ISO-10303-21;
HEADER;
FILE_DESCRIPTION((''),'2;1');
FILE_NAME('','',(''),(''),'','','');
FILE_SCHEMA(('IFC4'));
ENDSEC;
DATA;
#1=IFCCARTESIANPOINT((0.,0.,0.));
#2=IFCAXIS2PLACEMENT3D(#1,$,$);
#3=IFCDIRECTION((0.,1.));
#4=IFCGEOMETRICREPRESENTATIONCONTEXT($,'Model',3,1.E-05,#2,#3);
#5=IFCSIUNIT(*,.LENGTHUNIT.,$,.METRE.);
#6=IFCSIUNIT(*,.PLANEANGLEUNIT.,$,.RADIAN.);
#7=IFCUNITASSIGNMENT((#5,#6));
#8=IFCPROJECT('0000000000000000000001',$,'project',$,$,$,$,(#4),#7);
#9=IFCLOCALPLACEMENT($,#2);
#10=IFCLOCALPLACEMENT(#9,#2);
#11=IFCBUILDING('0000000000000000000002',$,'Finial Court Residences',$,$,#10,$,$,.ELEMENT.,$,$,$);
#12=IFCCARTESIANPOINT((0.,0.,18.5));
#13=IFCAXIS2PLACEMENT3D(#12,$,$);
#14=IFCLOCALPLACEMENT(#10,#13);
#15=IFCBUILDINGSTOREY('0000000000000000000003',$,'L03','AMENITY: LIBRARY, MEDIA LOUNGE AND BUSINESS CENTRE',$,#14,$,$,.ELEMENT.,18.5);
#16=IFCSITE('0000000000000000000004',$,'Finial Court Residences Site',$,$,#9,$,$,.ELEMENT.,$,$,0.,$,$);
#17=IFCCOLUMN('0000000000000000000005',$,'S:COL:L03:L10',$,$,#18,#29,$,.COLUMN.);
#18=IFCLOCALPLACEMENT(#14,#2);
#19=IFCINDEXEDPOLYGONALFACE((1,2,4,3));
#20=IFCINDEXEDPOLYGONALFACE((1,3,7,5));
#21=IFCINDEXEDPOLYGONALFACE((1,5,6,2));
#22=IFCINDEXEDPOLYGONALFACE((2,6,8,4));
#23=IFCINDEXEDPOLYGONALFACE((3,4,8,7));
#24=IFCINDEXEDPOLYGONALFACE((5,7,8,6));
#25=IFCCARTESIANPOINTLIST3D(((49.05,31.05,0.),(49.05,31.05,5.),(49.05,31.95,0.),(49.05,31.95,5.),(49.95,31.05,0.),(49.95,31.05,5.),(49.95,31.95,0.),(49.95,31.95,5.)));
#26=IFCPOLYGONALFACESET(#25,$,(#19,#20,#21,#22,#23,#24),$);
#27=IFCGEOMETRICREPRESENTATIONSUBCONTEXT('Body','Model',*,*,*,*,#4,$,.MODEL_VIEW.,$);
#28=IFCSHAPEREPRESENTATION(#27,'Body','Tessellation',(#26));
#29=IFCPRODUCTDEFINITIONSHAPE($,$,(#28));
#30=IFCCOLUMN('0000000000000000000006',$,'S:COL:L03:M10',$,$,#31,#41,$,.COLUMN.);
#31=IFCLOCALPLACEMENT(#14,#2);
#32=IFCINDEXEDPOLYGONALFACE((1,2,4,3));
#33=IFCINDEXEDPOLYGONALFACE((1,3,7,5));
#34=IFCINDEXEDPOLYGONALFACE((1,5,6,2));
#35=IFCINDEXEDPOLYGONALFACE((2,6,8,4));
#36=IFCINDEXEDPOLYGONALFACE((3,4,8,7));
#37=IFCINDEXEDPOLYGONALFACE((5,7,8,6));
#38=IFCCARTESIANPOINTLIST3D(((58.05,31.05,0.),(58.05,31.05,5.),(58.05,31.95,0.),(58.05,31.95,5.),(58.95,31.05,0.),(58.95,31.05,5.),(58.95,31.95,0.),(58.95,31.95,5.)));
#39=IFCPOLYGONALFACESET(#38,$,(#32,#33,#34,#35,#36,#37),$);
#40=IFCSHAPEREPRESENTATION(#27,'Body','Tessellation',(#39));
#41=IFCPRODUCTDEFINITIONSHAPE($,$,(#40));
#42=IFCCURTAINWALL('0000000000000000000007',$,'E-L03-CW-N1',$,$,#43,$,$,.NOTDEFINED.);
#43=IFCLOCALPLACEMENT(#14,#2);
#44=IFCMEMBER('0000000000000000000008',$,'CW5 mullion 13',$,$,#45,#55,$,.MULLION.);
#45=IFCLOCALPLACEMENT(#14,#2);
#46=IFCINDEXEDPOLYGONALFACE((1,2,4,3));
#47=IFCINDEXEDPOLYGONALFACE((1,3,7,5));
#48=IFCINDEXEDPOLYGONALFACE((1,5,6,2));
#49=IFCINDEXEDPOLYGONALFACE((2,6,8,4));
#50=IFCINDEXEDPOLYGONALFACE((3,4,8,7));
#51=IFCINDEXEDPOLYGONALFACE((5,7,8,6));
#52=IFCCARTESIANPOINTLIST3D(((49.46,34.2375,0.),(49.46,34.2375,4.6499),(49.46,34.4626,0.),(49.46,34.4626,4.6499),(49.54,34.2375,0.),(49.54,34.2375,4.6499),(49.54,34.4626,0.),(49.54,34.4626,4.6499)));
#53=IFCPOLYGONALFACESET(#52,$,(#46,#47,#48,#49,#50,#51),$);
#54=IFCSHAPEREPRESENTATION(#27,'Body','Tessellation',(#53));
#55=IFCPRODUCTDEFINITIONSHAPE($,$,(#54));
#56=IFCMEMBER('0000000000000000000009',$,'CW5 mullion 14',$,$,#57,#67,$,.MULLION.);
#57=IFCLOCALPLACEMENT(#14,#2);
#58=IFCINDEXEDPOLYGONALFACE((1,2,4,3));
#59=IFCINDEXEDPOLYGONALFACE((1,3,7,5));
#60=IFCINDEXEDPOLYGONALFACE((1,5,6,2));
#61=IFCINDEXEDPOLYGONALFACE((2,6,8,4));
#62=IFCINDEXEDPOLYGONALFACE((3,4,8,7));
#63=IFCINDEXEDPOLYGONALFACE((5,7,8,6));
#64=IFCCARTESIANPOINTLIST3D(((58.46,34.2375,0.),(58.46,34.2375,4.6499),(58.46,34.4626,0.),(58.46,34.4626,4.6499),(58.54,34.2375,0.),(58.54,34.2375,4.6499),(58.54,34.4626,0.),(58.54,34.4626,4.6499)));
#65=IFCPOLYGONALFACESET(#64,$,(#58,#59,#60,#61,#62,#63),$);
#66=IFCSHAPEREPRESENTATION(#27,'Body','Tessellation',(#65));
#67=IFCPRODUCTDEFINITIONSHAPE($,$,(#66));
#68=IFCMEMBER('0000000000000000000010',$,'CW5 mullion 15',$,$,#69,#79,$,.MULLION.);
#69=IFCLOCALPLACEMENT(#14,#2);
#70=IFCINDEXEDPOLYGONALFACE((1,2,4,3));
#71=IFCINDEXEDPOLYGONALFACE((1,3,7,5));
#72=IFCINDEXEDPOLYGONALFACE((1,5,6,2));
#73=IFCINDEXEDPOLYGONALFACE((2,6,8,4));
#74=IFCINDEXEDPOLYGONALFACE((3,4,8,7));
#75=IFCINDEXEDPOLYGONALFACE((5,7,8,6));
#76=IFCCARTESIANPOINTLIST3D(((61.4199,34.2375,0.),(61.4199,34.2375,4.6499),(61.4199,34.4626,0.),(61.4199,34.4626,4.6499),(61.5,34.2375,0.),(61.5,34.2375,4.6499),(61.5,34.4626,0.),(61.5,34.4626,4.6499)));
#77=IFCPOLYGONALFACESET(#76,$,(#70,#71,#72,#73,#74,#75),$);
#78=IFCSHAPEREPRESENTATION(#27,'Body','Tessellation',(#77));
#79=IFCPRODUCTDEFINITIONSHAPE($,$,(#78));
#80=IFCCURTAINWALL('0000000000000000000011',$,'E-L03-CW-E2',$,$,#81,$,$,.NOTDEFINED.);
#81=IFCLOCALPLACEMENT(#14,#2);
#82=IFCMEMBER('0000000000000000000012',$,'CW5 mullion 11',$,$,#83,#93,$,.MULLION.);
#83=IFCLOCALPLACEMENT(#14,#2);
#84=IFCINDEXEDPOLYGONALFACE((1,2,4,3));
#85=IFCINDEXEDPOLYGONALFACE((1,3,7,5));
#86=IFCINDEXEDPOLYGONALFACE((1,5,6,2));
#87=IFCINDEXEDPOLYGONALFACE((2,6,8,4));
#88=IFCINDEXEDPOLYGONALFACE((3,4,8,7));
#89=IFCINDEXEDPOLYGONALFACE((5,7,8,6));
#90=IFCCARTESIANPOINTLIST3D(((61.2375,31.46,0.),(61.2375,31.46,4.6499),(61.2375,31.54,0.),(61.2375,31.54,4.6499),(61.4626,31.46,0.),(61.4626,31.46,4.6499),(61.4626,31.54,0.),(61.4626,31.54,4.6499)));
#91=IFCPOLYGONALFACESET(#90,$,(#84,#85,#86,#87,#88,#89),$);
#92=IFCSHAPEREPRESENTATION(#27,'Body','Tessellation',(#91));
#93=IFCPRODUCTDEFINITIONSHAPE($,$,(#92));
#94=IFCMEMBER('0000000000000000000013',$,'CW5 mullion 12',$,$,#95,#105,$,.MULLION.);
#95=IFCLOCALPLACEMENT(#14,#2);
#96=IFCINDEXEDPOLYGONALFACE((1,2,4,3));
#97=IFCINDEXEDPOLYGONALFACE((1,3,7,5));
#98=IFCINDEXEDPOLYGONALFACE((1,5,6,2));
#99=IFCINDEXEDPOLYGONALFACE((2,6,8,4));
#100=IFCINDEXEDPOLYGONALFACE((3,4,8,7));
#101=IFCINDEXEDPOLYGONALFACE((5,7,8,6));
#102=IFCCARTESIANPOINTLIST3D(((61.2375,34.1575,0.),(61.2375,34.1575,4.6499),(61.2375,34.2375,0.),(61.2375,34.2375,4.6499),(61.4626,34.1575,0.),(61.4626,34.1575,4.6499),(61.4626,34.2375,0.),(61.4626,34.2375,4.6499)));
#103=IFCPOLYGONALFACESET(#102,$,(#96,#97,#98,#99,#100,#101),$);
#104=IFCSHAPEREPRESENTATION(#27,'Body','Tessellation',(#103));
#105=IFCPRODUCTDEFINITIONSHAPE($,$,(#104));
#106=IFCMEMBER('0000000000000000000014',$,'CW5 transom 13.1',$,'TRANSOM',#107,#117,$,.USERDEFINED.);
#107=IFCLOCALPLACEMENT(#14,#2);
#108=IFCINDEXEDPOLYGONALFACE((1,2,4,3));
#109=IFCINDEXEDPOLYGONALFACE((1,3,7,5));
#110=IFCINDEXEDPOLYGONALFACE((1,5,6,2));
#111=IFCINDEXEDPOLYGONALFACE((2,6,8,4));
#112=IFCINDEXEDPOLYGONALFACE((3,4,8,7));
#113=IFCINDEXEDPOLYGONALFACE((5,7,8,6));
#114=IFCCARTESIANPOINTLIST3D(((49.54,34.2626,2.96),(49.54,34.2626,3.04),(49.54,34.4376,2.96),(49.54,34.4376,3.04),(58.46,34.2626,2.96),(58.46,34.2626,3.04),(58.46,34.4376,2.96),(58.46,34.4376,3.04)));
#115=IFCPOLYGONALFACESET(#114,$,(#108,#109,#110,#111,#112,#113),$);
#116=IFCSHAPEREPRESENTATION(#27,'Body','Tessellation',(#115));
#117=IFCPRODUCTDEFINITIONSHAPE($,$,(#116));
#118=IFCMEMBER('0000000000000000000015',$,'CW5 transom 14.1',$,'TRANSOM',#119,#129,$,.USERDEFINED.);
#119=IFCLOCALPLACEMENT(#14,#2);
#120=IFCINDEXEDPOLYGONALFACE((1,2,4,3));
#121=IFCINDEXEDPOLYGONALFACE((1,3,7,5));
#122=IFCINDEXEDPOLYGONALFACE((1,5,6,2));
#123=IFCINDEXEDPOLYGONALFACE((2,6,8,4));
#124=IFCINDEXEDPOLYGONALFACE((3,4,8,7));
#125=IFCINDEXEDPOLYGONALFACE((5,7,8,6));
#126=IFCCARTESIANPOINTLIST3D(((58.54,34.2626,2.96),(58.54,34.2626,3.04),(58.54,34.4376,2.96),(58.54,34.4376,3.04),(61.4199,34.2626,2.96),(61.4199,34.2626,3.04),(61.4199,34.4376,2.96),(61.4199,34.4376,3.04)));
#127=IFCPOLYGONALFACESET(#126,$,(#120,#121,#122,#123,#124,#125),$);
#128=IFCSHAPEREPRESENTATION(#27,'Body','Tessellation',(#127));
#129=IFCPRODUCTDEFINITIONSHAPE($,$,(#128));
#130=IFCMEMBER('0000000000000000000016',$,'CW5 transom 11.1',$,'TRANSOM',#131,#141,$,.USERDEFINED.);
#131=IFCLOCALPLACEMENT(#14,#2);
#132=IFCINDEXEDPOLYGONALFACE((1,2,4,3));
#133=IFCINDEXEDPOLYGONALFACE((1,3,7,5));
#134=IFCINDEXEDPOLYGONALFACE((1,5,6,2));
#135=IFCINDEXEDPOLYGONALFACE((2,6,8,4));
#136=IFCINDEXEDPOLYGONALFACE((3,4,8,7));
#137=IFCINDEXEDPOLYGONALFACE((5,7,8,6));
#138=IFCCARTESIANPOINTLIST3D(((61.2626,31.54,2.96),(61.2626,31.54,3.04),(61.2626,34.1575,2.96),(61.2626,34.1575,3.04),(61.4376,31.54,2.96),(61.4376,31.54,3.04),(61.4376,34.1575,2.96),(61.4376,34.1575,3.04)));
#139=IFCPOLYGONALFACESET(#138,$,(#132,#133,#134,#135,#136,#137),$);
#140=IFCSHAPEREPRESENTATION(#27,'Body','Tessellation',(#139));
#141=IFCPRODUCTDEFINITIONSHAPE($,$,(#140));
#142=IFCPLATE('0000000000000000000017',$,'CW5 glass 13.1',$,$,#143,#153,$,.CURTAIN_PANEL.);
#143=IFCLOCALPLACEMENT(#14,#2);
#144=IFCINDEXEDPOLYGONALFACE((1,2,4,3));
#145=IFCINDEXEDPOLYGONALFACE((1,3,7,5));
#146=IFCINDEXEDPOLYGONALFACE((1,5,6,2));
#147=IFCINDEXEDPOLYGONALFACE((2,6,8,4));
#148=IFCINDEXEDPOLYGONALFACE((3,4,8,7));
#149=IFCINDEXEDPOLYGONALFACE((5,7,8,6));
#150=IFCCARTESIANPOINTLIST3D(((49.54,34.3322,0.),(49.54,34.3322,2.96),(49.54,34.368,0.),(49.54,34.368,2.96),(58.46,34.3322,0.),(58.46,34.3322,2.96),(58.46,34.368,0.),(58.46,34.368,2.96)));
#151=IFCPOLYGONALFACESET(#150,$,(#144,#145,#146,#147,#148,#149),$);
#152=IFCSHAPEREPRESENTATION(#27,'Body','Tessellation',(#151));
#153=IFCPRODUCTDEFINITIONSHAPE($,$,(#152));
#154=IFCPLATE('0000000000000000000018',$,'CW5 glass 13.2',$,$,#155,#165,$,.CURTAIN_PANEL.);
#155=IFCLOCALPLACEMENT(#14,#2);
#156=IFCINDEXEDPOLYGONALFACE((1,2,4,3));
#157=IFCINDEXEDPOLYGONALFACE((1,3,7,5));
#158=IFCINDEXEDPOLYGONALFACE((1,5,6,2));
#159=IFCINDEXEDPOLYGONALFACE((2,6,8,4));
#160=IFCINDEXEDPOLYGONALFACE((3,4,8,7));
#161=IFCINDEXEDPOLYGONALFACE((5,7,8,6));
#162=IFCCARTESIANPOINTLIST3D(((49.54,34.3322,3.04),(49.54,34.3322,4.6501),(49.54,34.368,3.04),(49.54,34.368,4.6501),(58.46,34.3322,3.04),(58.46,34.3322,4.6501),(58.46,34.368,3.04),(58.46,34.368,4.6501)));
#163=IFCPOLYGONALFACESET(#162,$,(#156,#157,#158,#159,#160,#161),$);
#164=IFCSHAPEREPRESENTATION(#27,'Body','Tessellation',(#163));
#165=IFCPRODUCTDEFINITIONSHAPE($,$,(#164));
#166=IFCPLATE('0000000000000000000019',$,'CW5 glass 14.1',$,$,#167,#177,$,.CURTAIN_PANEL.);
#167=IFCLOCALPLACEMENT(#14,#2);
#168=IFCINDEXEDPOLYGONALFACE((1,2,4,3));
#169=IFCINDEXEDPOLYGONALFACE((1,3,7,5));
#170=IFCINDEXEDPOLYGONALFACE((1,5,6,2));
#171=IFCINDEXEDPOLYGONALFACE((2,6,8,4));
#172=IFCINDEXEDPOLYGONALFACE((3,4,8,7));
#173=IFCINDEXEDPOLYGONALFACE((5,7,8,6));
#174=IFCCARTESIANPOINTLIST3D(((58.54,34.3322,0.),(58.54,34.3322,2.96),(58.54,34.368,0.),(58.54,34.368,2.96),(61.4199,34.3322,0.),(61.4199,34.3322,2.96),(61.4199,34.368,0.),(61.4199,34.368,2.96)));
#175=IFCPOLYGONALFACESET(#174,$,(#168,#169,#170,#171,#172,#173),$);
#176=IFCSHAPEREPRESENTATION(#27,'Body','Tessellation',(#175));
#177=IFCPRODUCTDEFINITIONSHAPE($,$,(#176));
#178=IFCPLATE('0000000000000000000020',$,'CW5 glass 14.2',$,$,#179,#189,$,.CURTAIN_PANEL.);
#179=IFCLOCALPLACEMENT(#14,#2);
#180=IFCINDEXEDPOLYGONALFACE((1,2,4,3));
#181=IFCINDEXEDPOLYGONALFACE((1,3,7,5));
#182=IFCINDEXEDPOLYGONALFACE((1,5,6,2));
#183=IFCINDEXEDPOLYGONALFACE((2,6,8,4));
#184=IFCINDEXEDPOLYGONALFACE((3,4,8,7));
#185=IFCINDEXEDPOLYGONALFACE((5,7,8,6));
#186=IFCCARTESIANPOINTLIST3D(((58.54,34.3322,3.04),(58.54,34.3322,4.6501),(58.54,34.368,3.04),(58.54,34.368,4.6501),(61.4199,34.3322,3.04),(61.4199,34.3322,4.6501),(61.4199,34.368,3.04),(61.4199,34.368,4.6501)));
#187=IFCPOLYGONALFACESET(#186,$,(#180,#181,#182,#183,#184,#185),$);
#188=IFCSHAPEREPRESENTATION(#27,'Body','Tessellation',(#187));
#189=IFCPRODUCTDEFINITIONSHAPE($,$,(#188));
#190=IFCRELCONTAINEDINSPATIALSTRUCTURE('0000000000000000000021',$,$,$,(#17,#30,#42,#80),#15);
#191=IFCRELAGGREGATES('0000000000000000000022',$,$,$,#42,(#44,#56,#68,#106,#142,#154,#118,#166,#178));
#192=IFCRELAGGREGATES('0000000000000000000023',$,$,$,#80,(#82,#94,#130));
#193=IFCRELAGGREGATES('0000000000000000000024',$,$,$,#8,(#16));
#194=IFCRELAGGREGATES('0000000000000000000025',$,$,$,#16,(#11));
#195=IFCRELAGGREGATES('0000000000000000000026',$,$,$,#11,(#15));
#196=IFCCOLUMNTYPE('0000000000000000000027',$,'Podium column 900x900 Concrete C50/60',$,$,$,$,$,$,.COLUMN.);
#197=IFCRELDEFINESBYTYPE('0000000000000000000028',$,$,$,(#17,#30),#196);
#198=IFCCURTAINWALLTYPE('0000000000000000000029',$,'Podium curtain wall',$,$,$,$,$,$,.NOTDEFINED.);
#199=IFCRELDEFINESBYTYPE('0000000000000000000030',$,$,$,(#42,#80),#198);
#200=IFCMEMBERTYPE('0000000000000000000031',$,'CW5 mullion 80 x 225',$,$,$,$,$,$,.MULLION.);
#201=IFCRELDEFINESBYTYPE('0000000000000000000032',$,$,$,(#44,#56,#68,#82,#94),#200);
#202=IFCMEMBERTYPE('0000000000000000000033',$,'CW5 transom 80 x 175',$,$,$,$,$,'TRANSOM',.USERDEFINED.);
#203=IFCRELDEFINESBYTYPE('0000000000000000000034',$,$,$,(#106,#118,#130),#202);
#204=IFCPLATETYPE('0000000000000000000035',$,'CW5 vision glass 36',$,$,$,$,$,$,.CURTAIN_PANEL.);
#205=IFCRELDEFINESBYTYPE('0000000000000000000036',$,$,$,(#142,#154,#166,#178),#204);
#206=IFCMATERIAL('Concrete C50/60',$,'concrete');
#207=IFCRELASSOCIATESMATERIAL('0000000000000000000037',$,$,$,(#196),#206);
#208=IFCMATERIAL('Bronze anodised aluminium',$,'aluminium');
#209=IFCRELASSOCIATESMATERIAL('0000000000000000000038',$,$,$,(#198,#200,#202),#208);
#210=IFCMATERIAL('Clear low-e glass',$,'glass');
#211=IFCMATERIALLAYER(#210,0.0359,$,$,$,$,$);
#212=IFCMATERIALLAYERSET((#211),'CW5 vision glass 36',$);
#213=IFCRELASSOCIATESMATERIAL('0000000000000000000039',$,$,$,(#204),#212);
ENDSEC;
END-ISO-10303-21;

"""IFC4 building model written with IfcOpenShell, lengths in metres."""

from ifc_helpers import new_model, si_unit, direction, frame, origin, origin_2d, place, context, subcontext, project, spatial, rectangle, extrude, material, layer, layer_set, material_profile, profile_set, type_object, element, aggregate, save


model = new_model("IFC4")

# Units and contexts
model_context = context("Model", 3, precision=1e-05, world=origin(), true_north=direction((0.0, 1.0)))
body_context = subcontext(model_context, "Body", "Model", "MODEL_VIEW")
ifc_project = project(units=[si_unit("LENGTHUNIT", "METRE"), si_unit("PLANEANGLEUNIT", "RADIAN")], contexts=[model_context])

# Site, building, storey
site_placement = place(None, origin())
site = spatial("IfcSite", under=ifc_project, at=site_placement, Name="Finial Court Residences Site", CompositionType="ELEMENT", RefElevation=0.0)
building_placement = place(site_placement, origin())
building = spatial("IfcBuilding", under=site, at=building_placement, Name="Finial Court Residences", CompositionType="ELEMENT")
storey_placement = place(building_placement, frame((0.0, 0.0, 18.5)))
storey = spatial("IfcBuildingStorey", under=building, at=storey_placement, Name="L03", Description="AMENITY: LIBRARY, MEDIA LOUNGE AND BUSINESS CENTRE", CompositionType="ELEMENT", Elevation=18.5)

# Columns
ifc_material_1 = material(Name="Concrete C50/60", Category="concrete")
ifc_material_profile_1 = material_profile(ifc_material_1, rectangle(XDim=0.8999, YDim=0.8999, at=origin_2d()), Name="900x900")
ifc_profile_set_1 = profile_set([ifc_material_profile_1], Name="Concrete C50/60")
column_type = type_object("IfcColumnType", Name="Podium column 900x900 Concrete C50/60", PredefinedType="COLUMN", material=ifc_profile_set_1)
for number, where, z_axis, x_axis, name in (
    (1, (49.5, 31.5, 0.0), (0.0, 0.0, 1.0), (1.0, 0.0, 0.0), "S:COL:L03:L10"),
    (2, (58.5, 31.5, 0.0), (0.0, 0.0, 1.0), (1.0, 0.0, 0.0), "S:COL:L03:M10"),
):
    element("IfcColumn", number, at=place(storey_placement, frame(where, z_axis=z_axis, x_axis=x_axis)), inside=storey, type_object=column_type, Name=name, PredefinedType="COLUMN", context=body_context, shape_type="SweptSolid", body=[
        extrude(rectangle(XDim=0.8999, YDim=0.8999, at=origin_2d()), origin(), (0.0, 0.0, 1.0), 5.0),
    ])

# Curtain walls, members
ifc_material_2 = material(Name="Bronze anodised aluminium", Category="aluminium")
curtain_wall_type = type_object("IfcCurtainWallType", Name="Podium curtain wall", PredefinedType="NOTDEFINED", material=ifc_material_2)
curtain_wall_1_placement = place(storey_placement, origin())
curtain_wall_1 = element("IfcCurtainWall", 3, at=curtain_wall_1_placement, inside=storey, type_object=curtain_wall_type, Name="E-L03-CW-N1", PredefinedType="NOTDEFINED")
ifc_material_profile_2 = material_profile(ifc_material_2, rectangle(XDim=0.2251, YDim=0.0801, at=origin_2d()), Name="CW5 mullion 80 x 225")
ifc_profile_set_2 = profile_set([ifc_material_profile_2], Name="Bronze anodised aluminium")
member_type_1 = type_object("IfcMemberType", Name="CW5 mullion 80 x 225", PredefinedType="MULLION", material=ifc_profile_set_2)
member_1_placement = place(storey_placement, frame((49.5, 34.3501, 0.0), z_axis=(0.0, 0.0, 1.0), x_axis=(0.0, 1.0, 0.0)))
member_1 = element("IfcMember", 4, at=member_1_placement, type_object=member_type_1, Name="CW5 mullion 13", PredefinedType="MULLION", context=body_context, shape_type="SweptSolid", body=[
    extrude(rectangle(XDim=0.2251, YDim=0.0801, at=origin_2d()), origin(), (0.0, 0.0, 1.0), 4.6499),
])
member_2_placement = place(storey_placement, frame((58.5, 34.3501, 0.0), z_axis=(0.0, 0.0, 1.0), x_axis=(0.0, 1.0, 0.0)))
member_2 = element("IfcMember", 5, at=member_2_placement, type_object=member_type_1, Name="CW5 mullion 14", PredefinedType="MULLION", context=body_context, shape_type="SweptSolid", body=[
    extrude(rectangle(XDim=0.2251, YDim=0.0801, at=origin_2d()), origin(), (0.0, 0.0, 1.0), 4.6499),
])
member_3_placement = place(storey_placement, frame((61.46, 34.3501, 0.0), z_axis=(0.0, 0.0, 1.0), x_axis=(0.0, 1.0, 0.0)))
member_3 = element("IfcMember", 6, at=member_3_placement, type_object=member_type_1, Name="CW5 mullion 15", PredefinedType="MULLION", context=body_context, shape_type="SweptSolid", body=[
    extrude(rectangle(XDim=0.2251, YDim=0.0801, at=origin_2d()), origin(), (0.0, 0.0, 1.0), 4.6499),
])
curtain_wall_2_placement = place(storey_placement, origin())
curtain_wall_2 = element("IfcCurtainWall", 7, at=curtain_wall_2_placement, inside=storey, type_object=curtain_wall_type, Name="E-L03-CW-E2", PredefinedType="NOTDEFINED")
member_4_placement = place(storey_placement, frame((61.3501, 31.5, 0.0), z_axis=(0.0, 0.0, 1.0), x_axis=(-1.0, 0.0, 0.0)))
member_4 = element("IfcMember", 8, at=member_4_placement, type_object=member_type_1, Name="CW5 mullion 11", PredefinedType="MULLION", context=body_context, shape_type="SweptSolid", body=[
    extrude(rectangle(XDim=0.2251, YDim=0.0801, at=origin_2d()), origin(), (0.0, 0.0, 1.0), 4.6499),
])
member_5_placement = place(storey_placement, frame((61.3501, 34.1975, 0.0), z_axis=(0.0, 0.0, 1.0), x_axis=(-1.0, 0.0, 0.0)))
member_5 = element("IfcMember", 9, at=member_5_placement, type_object=member_type_1, Name="CW5 mullion 12", PredefinedType="MULLION", context=body_context, shape_type="SweptSolid", body=[
    extrude(rectangle(XDim=0.2251, YDim=0.0801, at=origin_2d()), origin(), (0.0, 0.0, 1.0), 4.6499),
])

# Members
ifc_material_profile_3 = material_profile(ifc_material_2, rectangle(XDim=0.175, YDim=0.0801, at=origin_2d()), Name="CW5 transom 80 x 175")
ifc_profile_set_3 = profile_set([ifc_material_profile_3], Name="Bronze anodised aluminium")
member_type_2 = type_object("IfcMemberType", Name="CW5 transom 80 x 175", ElementType="TRANSOM", PredefinedType="USERDEFINED", material=ifc_profile_set_3)
member_6_placement = place(storey_placement, frame((49.54, 34.3501, 3.0), z_axis=(1.0, 0.0, 0.0), x_axis=(0.0, 1.0, 0.0)))
member_6 = element("IfcMember", 10, at=member_6_placement, type_object=member_type_2, Name="CW5 transom 13.1", ObjectType="TRANSOM", PredefinedType="USERDEFINED", context=body_context, shape_type="SweptSolid", body=[
    extrude(rectangle(XDim=0.175, YDim=0.0801, at=origin_2d()), origin(), (0.0, 0.0, 1.0), 8.9199),
])
member_7_placement = place(storey_placement, frame((58.54, 34.3501, 3.0), z_axis=(1.0, 0.0, 0.0), x_axis=(0.0, 1.0, 0.0)))
member_7 = element("IfcMember", 11, at=member_7_placement, type_object=member_type_2, Name="CW5 transom 14.1", ObjectType="TRANSOM", PredefinedType="USERDEFINED", context=body_context, shape_type="SweptSolid", body=[
    extrude(rectangle(XDim=0.175, YDim=0.0801, at=origin_2d()), origin(), (0.0, 0.0, 1.0), 2.8799),
])
member_8_placement = place(storey_placement, frame((61.3501, 31.54, 3.0), z_axis=(0.0, 1.0, 0.0), x_axis=(-1.0, 0.0, 0.0)))
member_8 = element("IfcMember", 12, at=member_8_placement, type_object=member_type_2, Name="CW5 transom 11.1", ObjectType="TRANSOM", PredefinedType="USERDEFINED", context=body_context, shape_type="SweptSolid", body=[
    extrude(rectangle(XDim=0.175, YDim=0.0801, at=origin_2d()), origin(), (0.0, 0.0, 1.0), 2.6174),
])

# Plates
ifc_material_3 = material(Name="Clear low-e glass", Category="glass")
ifc_layer_1 = layer(ifc_material_3, 0.0359)
ifc_layer_set_1 = layer_set([ifc_layer_1], Name="CW5 vision glass 36")
plate_type = type_object("IfcPlateType", Name="CW5 vision glass 36", PredefinedType="CURTAIN_PANEL", material=ifc_layer_set_1)
plate_1_placement = place(storey_placement, frame((54.0, 34.3501, 0.0), z_axis=(0.0, 0.0, 1.0), x_axis=(1.0, 0.0, 0.0)))
plate_1 = element("IfcPlate", 13, at=plate_1_placement, type_object=plate_type, Name="CW5 glass 13.1", PredefinedType="CURTAIN_PANEL", context=body_context, shape_type="SweptSolid", body=[
    extrude(rectangle(XDim=8.9199, YDim=0.0359, at=origin_2d()), origin(), (0.0, 0.0, 1.0), 2.96),
])
plate_2_placement = place(storey_placement, frame((54.0, 34.3501, 3.04), z_axis=(0.0, 0.0, 1.0), x_axis=(1.0, 0.0, 0.0)))
plate_2 = element("IfcPlate", 14, at=plate_2_placement, type_object=plate_type, Name="CW5 glass 13.2", PredefinedType="CURTAIN_PANEL", context=body_context, shape_type="SweptSolid", body=[
    extrude(rectangle(XDim=8.9199, YDim=0.0359, at=origin_2d()), origin(), (0.0, 0.0, 1.0), 1.6101),
])
plate_3_placement = place(storey_placement, frame((59.98, 34.3501, 0.0), z_axis=(0.0, 0.0, 1.0), x_axis=(1.0, 0.0, 0.0)))
plate_3 = element("IfcPlate", 15, at=plate_3_placement, type_object=plate_type, Name="CW5 glass 14.1", PredefinedType="CURTAIN_PANEL", context=body_context, shape_type="SweptSolid", body=[
    extrude(rectangle(XDim=2.8799, YDim=0.0359, at=origin_2d()), origin(), (0.0, 0.0, 1.0), 2.96),
])
plate_4_placement = place(storey_placement, frame((59.98, 34.3501, 3.04), z_axis=(0.0, 0.0, 1.0), x_axis=(1.0, 0.0, 0.0)))
plate_4 = element("IfcPlate", 16, at=plate_4_placement, type_object=plate_type, Name="CW5 glass 14.2", PredefinedType="CURTAIN_PANEL", context=body_context, shape_type="SweptSolid", body=[
    extrude(rectangle(XDim=2.8799, YDim=0.0359, at=origin_2d()), origin(), (0.0, 0.0, 1.0), 1.6101),
])
aggregate(curtain_wall_1, [member_1, member_2, member_3, member_6, plate_1, plate_2, member_7, plate_3, plate_4])
aggregate(curtain_wall_2, [member_4, member_5, member_8])

save(model, "model.ifc")
